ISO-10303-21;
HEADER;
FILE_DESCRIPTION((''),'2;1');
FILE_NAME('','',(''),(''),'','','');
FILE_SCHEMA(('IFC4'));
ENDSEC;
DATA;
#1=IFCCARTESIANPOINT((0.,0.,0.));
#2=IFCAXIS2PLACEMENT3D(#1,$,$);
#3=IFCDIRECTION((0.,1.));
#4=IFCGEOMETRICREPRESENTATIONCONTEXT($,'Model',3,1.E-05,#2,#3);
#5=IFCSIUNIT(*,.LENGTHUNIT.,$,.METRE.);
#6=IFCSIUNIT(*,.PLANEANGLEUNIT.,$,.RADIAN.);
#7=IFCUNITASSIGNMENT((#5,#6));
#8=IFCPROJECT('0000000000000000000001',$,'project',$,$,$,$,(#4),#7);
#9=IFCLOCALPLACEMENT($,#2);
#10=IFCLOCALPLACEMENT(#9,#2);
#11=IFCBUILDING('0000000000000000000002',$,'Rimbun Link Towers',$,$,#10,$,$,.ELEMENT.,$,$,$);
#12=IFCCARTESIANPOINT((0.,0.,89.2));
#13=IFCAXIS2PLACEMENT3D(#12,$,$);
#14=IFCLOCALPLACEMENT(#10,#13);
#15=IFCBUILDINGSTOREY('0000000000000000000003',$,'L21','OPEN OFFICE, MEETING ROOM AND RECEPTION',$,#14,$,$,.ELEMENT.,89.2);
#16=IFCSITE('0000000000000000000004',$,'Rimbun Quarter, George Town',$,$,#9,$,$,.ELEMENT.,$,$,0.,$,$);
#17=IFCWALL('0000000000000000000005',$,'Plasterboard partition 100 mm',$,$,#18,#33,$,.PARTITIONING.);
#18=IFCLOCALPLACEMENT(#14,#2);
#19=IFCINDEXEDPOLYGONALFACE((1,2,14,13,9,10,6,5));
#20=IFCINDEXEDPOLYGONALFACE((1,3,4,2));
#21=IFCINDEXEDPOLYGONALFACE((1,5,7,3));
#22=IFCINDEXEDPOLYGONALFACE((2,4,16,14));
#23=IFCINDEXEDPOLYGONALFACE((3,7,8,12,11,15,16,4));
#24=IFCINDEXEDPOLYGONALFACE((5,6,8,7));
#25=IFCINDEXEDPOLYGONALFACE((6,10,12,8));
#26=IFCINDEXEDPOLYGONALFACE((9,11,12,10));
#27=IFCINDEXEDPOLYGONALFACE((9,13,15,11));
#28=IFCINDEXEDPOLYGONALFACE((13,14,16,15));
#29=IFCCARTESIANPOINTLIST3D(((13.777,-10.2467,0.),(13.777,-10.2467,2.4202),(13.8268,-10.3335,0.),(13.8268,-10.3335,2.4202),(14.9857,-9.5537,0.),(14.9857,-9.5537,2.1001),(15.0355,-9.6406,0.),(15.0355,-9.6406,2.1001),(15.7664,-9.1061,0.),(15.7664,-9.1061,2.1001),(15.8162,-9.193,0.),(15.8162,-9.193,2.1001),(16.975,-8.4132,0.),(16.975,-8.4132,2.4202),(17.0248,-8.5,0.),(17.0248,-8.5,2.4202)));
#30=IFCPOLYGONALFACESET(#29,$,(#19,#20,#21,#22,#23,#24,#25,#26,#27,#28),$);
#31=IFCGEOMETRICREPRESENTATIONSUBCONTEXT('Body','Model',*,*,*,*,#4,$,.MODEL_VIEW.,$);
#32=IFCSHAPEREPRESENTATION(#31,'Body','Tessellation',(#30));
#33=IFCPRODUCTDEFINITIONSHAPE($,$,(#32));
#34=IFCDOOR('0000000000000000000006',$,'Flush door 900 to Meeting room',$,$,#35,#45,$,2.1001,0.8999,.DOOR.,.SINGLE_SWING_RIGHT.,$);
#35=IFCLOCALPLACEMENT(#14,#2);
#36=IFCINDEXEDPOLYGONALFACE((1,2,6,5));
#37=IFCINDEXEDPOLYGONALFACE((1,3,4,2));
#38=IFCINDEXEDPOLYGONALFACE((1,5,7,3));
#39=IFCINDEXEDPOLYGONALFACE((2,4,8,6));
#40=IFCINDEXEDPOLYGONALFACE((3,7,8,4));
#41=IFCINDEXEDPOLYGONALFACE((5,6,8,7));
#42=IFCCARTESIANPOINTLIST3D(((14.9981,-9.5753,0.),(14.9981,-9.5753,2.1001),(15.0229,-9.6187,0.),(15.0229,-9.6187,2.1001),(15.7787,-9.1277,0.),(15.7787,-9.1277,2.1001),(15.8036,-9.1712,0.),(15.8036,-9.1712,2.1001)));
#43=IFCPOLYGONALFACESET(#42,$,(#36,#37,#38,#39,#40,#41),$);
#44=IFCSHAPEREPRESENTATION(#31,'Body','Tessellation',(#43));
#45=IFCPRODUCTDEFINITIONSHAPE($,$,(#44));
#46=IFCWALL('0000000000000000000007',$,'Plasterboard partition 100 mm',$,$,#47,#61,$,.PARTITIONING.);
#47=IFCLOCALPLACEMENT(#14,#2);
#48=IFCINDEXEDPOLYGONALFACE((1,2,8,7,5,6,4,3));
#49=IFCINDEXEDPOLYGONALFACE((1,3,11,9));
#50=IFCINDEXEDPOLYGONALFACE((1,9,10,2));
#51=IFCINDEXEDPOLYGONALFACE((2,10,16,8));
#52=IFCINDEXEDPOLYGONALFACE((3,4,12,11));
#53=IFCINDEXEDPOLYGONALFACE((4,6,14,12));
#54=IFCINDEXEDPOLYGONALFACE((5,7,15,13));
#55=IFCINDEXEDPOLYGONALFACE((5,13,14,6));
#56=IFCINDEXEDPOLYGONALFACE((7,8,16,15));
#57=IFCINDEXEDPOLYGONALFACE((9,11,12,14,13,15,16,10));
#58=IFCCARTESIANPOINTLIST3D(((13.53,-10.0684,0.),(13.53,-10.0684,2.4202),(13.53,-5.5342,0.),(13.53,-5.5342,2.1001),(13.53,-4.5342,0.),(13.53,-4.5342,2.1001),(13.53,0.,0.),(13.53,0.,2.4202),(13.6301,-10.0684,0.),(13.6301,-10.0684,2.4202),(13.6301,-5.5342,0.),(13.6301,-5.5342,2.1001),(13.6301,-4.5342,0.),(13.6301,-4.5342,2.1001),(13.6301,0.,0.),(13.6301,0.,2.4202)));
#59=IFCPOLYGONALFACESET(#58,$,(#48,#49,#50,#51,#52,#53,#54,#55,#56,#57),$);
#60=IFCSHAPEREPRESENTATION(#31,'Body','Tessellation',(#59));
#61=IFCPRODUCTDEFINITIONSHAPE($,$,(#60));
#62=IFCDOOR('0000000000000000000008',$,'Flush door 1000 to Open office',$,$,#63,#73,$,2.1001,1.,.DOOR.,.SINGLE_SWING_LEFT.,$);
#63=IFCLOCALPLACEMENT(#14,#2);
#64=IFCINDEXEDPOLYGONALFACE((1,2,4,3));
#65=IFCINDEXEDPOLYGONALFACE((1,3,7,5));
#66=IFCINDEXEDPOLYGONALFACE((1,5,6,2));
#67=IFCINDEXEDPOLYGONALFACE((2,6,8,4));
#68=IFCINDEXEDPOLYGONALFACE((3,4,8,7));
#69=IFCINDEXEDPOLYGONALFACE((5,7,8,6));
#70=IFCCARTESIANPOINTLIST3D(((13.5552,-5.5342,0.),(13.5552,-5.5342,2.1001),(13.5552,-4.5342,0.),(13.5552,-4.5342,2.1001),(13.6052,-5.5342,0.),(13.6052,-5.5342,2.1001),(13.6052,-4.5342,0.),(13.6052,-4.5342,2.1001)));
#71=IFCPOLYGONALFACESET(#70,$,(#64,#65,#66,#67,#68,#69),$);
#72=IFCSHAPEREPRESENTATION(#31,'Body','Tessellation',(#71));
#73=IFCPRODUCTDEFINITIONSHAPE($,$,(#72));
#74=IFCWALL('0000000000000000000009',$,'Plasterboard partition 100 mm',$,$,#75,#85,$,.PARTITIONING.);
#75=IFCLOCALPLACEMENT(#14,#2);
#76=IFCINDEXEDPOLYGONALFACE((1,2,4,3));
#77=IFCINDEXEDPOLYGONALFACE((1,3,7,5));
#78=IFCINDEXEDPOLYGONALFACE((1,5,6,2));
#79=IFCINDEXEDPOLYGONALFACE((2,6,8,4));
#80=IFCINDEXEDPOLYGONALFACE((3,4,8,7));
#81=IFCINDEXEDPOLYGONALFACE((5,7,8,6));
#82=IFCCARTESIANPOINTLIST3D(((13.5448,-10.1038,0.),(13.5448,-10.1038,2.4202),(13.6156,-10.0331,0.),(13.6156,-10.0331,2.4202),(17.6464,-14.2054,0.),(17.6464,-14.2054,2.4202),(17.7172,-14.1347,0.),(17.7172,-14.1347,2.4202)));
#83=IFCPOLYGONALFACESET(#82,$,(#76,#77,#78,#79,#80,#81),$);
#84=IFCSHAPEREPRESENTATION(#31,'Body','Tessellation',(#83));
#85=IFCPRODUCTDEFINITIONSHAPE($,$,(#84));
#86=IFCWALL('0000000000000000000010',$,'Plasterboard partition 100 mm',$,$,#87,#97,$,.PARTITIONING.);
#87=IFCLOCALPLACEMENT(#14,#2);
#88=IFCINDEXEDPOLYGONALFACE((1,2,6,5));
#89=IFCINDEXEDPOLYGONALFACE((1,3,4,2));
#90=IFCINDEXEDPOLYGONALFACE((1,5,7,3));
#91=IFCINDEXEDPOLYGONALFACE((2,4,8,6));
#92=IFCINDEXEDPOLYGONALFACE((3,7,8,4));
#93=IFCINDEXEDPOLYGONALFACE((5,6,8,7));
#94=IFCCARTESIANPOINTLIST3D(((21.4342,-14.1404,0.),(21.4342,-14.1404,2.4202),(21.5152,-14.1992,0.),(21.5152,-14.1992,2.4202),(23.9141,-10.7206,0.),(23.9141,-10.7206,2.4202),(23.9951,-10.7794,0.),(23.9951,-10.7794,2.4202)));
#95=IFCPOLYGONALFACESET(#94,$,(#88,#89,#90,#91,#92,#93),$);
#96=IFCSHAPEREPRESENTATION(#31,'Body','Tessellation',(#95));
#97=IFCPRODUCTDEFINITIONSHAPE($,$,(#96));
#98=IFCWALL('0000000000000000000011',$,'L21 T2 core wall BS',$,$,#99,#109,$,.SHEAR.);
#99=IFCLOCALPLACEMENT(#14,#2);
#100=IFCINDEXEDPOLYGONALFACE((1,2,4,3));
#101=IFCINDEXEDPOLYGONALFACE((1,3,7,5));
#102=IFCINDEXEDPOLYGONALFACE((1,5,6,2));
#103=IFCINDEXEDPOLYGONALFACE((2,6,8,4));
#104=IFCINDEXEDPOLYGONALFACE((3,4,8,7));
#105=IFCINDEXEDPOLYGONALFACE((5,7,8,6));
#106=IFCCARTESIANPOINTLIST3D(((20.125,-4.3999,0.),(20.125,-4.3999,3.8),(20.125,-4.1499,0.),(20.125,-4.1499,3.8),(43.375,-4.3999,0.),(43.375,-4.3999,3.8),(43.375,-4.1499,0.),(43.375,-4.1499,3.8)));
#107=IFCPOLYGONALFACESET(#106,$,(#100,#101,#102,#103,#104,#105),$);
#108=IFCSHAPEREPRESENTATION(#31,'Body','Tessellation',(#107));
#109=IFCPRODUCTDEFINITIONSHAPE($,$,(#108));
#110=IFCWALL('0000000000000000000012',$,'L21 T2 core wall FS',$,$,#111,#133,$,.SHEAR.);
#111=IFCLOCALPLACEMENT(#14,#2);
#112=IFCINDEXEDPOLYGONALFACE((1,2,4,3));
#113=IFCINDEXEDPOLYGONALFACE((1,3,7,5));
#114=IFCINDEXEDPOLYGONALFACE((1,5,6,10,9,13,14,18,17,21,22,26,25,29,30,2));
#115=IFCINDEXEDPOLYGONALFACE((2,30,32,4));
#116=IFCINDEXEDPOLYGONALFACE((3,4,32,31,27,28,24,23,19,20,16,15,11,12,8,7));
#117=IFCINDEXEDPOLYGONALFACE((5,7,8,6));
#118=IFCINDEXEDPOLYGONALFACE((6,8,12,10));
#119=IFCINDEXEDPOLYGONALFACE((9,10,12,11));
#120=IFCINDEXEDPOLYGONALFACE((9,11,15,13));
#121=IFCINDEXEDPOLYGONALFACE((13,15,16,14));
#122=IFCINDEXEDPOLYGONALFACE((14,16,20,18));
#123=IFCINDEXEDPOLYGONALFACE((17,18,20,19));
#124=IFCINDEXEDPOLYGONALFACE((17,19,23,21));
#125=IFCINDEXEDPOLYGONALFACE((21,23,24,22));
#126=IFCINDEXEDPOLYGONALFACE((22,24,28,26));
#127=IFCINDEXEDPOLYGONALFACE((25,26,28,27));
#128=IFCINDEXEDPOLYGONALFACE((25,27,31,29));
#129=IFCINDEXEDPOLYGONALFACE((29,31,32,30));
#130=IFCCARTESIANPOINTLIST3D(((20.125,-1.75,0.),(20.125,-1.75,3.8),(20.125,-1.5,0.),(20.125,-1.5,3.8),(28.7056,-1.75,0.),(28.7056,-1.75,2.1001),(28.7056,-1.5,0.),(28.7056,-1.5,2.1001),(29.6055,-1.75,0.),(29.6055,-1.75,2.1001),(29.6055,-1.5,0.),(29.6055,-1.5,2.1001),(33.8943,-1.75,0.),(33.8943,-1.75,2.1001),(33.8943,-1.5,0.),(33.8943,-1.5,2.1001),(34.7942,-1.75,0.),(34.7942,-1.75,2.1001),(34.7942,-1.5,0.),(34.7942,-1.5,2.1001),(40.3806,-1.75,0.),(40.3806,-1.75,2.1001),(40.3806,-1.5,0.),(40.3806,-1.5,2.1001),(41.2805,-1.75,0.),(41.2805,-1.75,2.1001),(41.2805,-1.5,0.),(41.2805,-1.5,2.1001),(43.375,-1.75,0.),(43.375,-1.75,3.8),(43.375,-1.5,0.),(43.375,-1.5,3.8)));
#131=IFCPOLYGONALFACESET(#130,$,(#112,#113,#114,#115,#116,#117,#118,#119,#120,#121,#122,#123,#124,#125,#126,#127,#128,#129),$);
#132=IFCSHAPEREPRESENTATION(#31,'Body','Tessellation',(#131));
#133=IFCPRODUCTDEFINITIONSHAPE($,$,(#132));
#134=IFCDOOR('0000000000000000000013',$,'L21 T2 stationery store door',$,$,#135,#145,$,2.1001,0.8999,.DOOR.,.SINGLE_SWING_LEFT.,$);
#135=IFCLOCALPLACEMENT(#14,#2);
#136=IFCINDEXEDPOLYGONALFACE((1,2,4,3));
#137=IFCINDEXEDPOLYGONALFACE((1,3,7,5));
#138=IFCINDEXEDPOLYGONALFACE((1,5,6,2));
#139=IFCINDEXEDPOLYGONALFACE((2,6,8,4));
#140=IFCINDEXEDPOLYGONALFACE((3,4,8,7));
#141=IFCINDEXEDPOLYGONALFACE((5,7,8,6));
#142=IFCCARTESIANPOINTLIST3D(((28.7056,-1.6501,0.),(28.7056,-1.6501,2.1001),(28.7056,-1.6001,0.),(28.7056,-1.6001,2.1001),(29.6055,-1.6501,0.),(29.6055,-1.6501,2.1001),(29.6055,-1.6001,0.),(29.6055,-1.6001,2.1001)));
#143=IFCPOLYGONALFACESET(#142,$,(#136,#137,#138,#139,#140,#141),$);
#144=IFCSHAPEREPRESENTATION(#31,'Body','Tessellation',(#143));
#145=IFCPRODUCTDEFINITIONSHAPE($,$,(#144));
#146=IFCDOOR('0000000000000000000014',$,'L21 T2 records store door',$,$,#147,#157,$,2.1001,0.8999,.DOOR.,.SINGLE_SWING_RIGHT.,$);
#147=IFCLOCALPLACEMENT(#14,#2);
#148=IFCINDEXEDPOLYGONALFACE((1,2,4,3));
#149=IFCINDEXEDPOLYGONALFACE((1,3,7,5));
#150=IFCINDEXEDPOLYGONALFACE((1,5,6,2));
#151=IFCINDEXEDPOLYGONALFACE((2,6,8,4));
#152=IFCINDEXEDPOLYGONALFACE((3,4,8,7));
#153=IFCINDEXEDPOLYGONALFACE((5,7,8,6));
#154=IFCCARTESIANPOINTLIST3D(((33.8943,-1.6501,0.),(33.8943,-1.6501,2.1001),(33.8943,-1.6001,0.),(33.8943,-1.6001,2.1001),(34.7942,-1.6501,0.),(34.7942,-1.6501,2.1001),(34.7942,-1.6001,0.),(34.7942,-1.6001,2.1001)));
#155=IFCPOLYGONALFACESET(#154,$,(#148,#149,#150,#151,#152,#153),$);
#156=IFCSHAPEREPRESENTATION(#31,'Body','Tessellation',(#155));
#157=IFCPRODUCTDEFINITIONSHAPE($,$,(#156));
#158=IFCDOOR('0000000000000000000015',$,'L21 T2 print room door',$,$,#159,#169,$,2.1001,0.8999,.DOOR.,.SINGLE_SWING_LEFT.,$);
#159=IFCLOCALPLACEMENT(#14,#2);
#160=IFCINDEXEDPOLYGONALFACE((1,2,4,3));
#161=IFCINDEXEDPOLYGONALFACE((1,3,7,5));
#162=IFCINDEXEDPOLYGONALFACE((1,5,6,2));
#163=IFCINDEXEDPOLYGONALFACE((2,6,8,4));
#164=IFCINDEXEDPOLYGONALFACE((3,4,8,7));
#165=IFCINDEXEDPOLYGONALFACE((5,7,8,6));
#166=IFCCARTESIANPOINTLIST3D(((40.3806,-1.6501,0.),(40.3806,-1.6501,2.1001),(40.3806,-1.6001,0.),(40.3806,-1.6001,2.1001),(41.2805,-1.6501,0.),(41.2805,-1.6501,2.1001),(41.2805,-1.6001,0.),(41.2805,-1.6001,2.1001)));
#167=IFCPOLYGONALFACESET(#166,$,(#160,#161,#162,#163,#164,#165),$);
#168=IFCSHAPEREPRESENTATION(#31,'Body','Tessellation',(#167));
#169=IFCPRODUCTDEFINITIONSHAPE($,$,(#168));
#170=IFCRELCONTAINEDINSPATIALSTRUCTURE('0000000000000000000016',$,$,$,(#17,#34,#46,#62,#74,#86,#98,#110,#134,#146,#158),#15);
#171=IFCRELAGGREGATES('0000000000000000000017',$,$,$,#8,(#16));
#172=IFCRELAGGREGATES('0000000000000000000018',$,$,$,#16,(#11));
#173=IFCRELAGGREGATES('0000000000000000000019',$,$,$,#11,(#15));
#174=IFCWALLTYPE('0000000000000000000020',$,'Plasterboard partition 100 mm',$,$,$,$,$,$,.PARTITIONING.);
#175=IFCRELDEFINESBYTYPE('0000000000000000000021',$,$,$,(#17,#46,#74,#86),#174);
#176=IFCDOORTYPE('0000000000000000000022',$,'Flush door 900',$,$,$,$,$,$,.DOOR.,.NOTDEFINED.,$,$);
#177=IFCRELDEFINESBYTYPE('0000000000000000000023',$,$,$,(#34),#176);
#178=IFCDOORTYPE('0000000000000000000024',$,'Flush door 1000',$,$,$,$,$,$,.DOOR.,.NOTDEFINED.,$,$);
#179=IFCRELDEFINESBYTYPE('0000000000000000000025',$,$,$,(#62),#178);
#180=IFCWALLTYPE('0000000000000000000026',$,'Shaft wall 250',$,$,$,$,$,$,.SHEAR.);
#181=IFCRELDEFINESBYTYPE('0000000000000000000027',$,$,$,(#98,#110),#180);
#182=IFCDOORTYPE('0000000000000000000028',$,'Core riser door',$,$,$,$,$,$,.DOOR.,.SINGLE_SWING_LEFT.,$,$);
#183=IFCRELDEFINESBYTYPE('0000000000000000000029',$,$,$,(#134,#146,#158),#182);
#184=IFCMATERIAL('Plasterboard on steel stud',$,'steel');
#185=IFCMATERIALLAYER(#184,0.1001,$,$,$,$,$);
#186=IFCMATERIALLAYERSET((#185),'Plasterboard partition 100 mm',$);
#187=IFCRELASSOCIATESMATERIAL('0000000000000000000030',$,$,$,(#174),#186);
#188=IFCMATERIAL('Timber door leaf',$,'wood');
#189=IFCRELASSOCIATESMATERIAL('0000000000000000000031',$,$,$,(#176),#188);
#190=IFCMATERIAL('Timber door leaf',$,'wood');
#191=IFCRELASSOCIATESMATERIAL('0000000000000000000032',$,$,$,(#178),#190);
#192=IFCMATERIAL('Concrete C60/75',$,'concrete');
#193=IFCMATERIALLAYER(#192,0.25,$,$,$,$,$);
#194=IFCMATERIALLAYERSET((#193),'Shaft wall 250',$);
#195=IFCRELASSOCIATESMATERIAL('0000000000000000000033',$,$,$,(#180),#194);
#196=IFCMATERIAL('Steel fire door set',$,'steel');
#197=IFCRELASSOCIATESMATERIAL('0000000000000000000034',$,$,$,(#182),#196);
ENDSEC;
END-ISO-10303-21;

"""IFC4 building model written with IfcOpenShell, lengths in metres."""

from ifc_helpers import new_model, si_unit, direction, frame, frame_2d, origin, place, context, subcontext, project, spatial, rectangle, extrude, material, layer, layer_set, type_object, element, fill, save


model = new_model("IFC4")

# Units and contexts
model_context = context("Model", 3, precision=1e-05, world=origin(), true_north=direction((0.0, 1.0)))
body_context = subcontext(model_context, "Body", "Model", "MODEL_VIEW")
ifc_project = project(units=[si_unit("LENGTHUNIT", "METRE"), si_unit("PLANEANGLEUNIT", "RADIAN")], contexts=[model_context])

# Site, building, storey
site_placement = place(None, origin())
site = spatial("IfcSite", under=ifc_project, at=site_placement, Name="Rimbun Quarter, George Town", CompositionType="ELEMENT", RefElevation=0.0)
building_placement = place(site_placement, origin())
building = spatial("IfcBuilding", under=site, at=building_placement, Name="Rimbun Link Towers", CompositionType="ELEMENT")
storey_placement = place(building_placement, frame((0.0, 0.0, 89.2)))
storey = spatial("IfcBuildingStorey", under=building, at=storey_placement, Name="L21", Description="OPEN OFFICE, MEETING ROOM AND RECEPTION", CompositionType="ELEMENT", Elevation=89.2)

# Walls, openings, doors
ifc_material_1 = material(Name="Plasterboard on steel stud", Category="steel")
ifc_layer_1 = layer(ifc_material_1, 0.1001)
ifc_layer_set_1 = layer_set([ifc_layer_1], Name="Plasterboard partition 100 mm")
wall_type_1 = type_object("IfcWallType", Name="Plasterboard partition 100 mm", PredefinedType="PARTITIONING", material=ifc_layer_set_1)
wall_1_placement = place(storey_placement, frame((17.0, -8.4565, 0.0), z_axis=(0.0, 0.0, 1.0), x_axis=(-0.867533, -0.497379, 0.0)))
wall_1 = element("IfcWall", 1, at=wall_1_placement, inside=storey, type_object=wall_type_1, Name="Plasterboard partition 100 mm", PredefinedType="PARTITIONING", context=body_context, shape_type="SweptSolid", body=[
    extrude(rectangle(XDim=3.6863, YDim=0.1001, at=frame_2d((1.8433, 0.0))), origin(), (0.0, 0.0, 1.0), 2.4202),
])
opening_1_placement = place(wall_1_placement, frame((1.3933, 0.0, 0.0)))
opening_1 = element("IfcOpeningElement", 2, at=opening_1_placement, cuts=wall_1, PredefinedType="OPENING", context=body_context, shape_type="SweptSolid", body=[
    extrude(rectangle(XDim=0.8999, YDim=2.1001, at=frame_2d((0.45, 1.05))), frame((0.0, 0.0601, 0.0), z_axis=(0.0, -1.0, 0.0), x_axis=(1.0, 0.0, 0.0)), (0.0, 0.0, 1.0), 0.1201),
])
ifc_material_2 = material(Name="Timber door leaf", Category="wood")
door_type_1 = type_object("IfcDoorType", Name="Flush door 900", OperationType="NOTDEFINED", PredefinedType="DOOR", material=ifc_material_2)
door_1_placement = place(opening_1_placement, origin())
door_1 = element("IfcDoor", 3, at=door_1_placement, inside=storey, type_object=door_type_1, Name="Flush door 900 to Meeting room", OperationType="SINGLE_SWING_RIGHT", OverallHeight=2.1001, OverallWidth=0.8999, PredefinedType="DOOR", context=body_context, shape_type="SweptSolid", body=[
    extrude(rectangle(XDim=0.8999, YDim=2.1001, at=frame_2d((0.45, 1.05))), frame((0.0, 0.0249, 0.0), z_axis=(0.0, -1.0, 0.0), x_axis=(1.0, 0.0, 0.0)), (0.0, 0.0, 1.0), 0.05),
])
fill(opening_1, door_1)
wall_2_placement = place(storey_placement, frame((13.5801, -10.0684, 0.0), z_axis=(0.0, 0.0, 1.0), x_axis=(0.0, 1.0, 0.0)))
wall_2 = element("IfcWall", 4, at=wall_2_placement, inside=storey, type_object=wall_type_1, Name="Plasterboard partition 100 mm", PredefinedType="PARTITIONING", context=body_context, shape_type="SweptSolid", body=[
    extrude(rectangle(XDim=10.0684, YDim=0.1001, at=frame_2d((5.0342, 0.0))), origin(), (0.0, 0.0, 1.0), 2.4202),
])
opening_2_placement = place(wall_2_placement, frame((4.5342, 0.0, 0.0)))
opening_2 = element("IfcOpeningElement", 5, at=opening_2_placement, cuts=wall_2, PredefinedType="OPENING", context=body_context, shape_type="SweptSolid", body=[
    extrude(rectangle(XDim=1.0, YDim=2.1001, at=frame_2d((0.5, 1.05))), frame((0.0, 0.0601, 0.0), z_axis=(0.0, -1.0, 0.0), x_axis=(1.0, 0.0, 0.0)), (0.0, 0.0, 1.0), 0.1201),
])
ifc_material_3 = material(Name="Timber door leaf", Category="wood")
door_type_2 = type_object("IfcDoorType", Name="Flush door 1000", OperationType="NOTDEFINED", PredefinedType="DOOR", material=ifc_material_3)
door_2_placement = place(opening_2_placement, origin())
door_2 = element("IfcDoor", 6, at=door_2_placement, inside=storey, type_object=door_type_2, Name="Flush door 1000 to Open office", OperationType="SINGLE_SWING_LEFT", OverallHeight=2.1001, OverallWidth=1.0, PredefinedType="DOOR", context=body_context, shape_type="SweptSolid", body=[
    extrude(rectangle(XDim=1.0, YDim=2.1001, at=frame_2d((0.5, 1.05))), frame((0.0, 0.0249, 0.0), z_axis=(0.0, -1.0, 0.0), x_axis=(1.0, 0.0, 0.0)), (0.0, 0.0, 1.0), 0.05),
])
fill(opening_2, door_2)

# Walls
wall_3_placement = place(storey_placement, frame((13.5801, -10.0684, 0.0), z_axis=(0.0, 0.0, 1.0), x_axis=(0.707107, -0.707107, 0.0)))
element("IfcWall", 7, at=wall_3_placement, inside=storey, type_object=wall_type_1, Name="Plasterboard partition 100 mm", PredefinedType="PARTITIONING", context=body_context, shape_type="SweptSolid", body=[
    extrude(rectangle(XDim=5.8005, YDim=0.1001, at=frame_2d((2.9004, 0.0))), origin(), (0.0, 0.0, 1.0), 2.4202),
])
wall_4_placement = place(storey_placement, frame((21.4746, -14.1699, 0.0), z_axis=(0.0, 0.0, 1.0), x_axis=(0.587051, 0.80955, 0.0)))
element("IfcWall", 8, at=wall_4_placement, inside=storey, type_object=wall_type_1, Name="Plasterboard partition 100 mm", PredefinedType="PARTITIONING", context=body_context, shape_type="SweptSolid", body=[
    extrude(rectangle(XDim=4.2244, YDim=0.1001, at=frame_2d((2.1123, 0.0))), origin(), (0.0, 0.0, 1.0), 2.4202),
])
ifc_material_4 = material(Name="Concrete C60/75", Category="concrete")
ifc_layer_2 = layer(ifc_material_4, 0.25)
ifc_layer_set_2 = layer_set([ifc_layer_2], Name="Shaft wall 250")
wall_type_2 = type_object("IfcWallType", Name="Shaft wall 250", PredefinedType="SHEAR", material=ifc_layer_set_2)
wall_5_placement = place(storey_placement, frame((20.125, -4.2749, 0.0), z_axis=(0.0, 0.0, 1.0), x_axis=(1.0, 0.0, 0.0)))
element("IfcWall", 9, at=wall_5_placement, inside=storey, type_object=wall_type_2, Name="L21 T2 core wall BS", PredefinedType="SHEAR", context=body_context, shape_type="SweptSolid", body=[
    extrude(rectangle(XDim=23.25, YDim=0.25, at=frame_2d((11.625, 0.0))), origin(), (0.0, 0.0, 1.0), 3.8),
])

# Wall, openings, doors
wall_6_placement = place(storey_placement, frame((20.125, -1.625, 0.0), z_axis=(0.0, 0.0, 1.0), x_axis=(1.0, 0.0, 0.0)))
wall_6 = element("IfcWall", 10, at=wall_6_placement, inside=storey, type_object=wall_type_2, Name="L21 T2 core wall FS", PredefinedType="SHEAR", context=body_context, shape_type="SweptSolid", body=[
    extrude(rectangle(XDim=23.25, YDim=0.25, at=frame_2d((11.625, 0.0))), origin(), (0.0, 0.0, 1.0), 3.8),
])
opening_3_placement = place(wall_6_placement, frame((8.5806, 0.0, 0.0)))
opening_3 = element("IfcOpeningElement", 11, at=opening_3_placement, cuts=wall_6, PredefinedType="OPENING", context=body_context, shape_type="SweptSolid", body=[
    extrude(rectangle(XDim=0.8999, YDim=2.1001, at=frame_2d((0.45, 1.05))), frame((0.0, 0.135, 0.0), z_axis=(0.0, -1.0, 0.0), x_axis=(1.0, 0.0, 0.0)), (0.0, 0.0, 1.0), 0.27),
])
opening_4_placement = place(wall_6_placement, frame((13.7693, 0.0, 0.0)))
opening_4 = element("IfcOpeningElement", 12, at=opening_4_placement, cuts=wall_6, PredefinedType="OPENING", context=body_context, shape_type="SweptSolid", body=[
    extrude(rectangle(XDim=0.8999, YDim=2.1001, at=frame_2d((0.45, 1.05))), frame((0.0, 0.135, 0.0), z_axis=(0.0, -1.0, 0.0), x_axis=(1.0, 0.0, 0.0)), (0.0, 0.0, 1.0), 0.27),
])
opening_5_placement = place(wall_6_placement, frame((20.2556, 0.0, 0.0)))
opening_5 = element("IfcOpeningElement", 13, at=opening_5_placement, cuts=wall_6, PredefinedType="OPENING", context=body_context, shape_type="SweptSolid", body=[
    extrude(rectangle(XDim=0.8999, YDim=2.1001, at=frame_2d((0.45, 1.05))), frame((0.0, 0.135, 0.0), z_axis=(0.0, -1.0, 0.0), x_axis=(1.0, 0.0, 0.0)), (0.0, 0.0, 1.0), 0.27),
])
ifc_material_5 = material(Name="Steel fire door set", Category="steel")
door_type_3 = type_object("IfcDoorType", Name="Core riser door", OperationType="SINGLE_SWING_LEFT", PredefinedType="DOOR", material=ifc_material_5)
door_3_placement = place(opening_3_placement, origin())
door_3 = element("IfcDoor", 14, at=door_3_placement, inside=storey, type_object=door_type_3, Name="L21 T2 stationery store door", OperationType="SINGLE_SWING_LEFT", OverallHeight=2.1001, OverallWidth=0.8999, PredefinedType="DOOR", context=body_context, shape_type="SweptSolid", body=[
    extrude(rectangle(XDim=0.8999, YDim=2.1001, at=frame_2d((0.45, 1.05))), frame((0.0, 0.0249, 0.0), z_axis=(0.0, -1.0, 0.0), x_axis=(1.0, 0.0, 0.0)), (0.0, 0.0, 1.0), 0.05),
])
fill(opening_3, door_3)
door_4_placement = place(opening_4_placement, origin())
door_4 = element("IfcDoor", 15, at=door_4_placement, inside=storey, type_object=door_type_3, Name="L21 T2 records store door", OperationType="SINGLE_SWING_RIGHT", OverallHeight=2.1001, OverallWidth=0.8999, PredefinedType="DOOR", context=body_context, shape_type="SweptSolid", body=[
    extrude(rectangle(XDim=0.8999, YDim=2.1001, at=frame_2d((0.45, 1.05))), frame((0.0, 0.0249, 0.0), z_axis=(0.0, -1.0, 0.0), x_axis=(1.0, 0.0, 0.0)), (0.0, 0.0, 1.0), 0.05),
])
fill(opening_4, door_4)
door_5_placement = place(opening_5_placement, origin())
door_5 = element("IfcDoor", 16, at=door_5_placement, inside=storey, type_object=door_type_3, Name="L21 T2 print room door", OperationType="SINGLE_SWING_LEFT", OverallHeight=2.1001, OverallWidth=0.8999, PredefinedType="DOOR", context=body_context, shape_type="SweptSolid", body=[
    extrude(rectangle(XDim=0.8999, YDim=2.1001, at=frame_2d((0.45, 1.05))), frame((0.0, 0.0249, 0.0), z_axis=(0.0, -1.0, 0.0), x_axis=(1.0, 0.0, 0.0)), (0.0, 0.0, 1.0), 0.05),
])
fill(opening_5, door_5)

save(model, "model.ifc")
